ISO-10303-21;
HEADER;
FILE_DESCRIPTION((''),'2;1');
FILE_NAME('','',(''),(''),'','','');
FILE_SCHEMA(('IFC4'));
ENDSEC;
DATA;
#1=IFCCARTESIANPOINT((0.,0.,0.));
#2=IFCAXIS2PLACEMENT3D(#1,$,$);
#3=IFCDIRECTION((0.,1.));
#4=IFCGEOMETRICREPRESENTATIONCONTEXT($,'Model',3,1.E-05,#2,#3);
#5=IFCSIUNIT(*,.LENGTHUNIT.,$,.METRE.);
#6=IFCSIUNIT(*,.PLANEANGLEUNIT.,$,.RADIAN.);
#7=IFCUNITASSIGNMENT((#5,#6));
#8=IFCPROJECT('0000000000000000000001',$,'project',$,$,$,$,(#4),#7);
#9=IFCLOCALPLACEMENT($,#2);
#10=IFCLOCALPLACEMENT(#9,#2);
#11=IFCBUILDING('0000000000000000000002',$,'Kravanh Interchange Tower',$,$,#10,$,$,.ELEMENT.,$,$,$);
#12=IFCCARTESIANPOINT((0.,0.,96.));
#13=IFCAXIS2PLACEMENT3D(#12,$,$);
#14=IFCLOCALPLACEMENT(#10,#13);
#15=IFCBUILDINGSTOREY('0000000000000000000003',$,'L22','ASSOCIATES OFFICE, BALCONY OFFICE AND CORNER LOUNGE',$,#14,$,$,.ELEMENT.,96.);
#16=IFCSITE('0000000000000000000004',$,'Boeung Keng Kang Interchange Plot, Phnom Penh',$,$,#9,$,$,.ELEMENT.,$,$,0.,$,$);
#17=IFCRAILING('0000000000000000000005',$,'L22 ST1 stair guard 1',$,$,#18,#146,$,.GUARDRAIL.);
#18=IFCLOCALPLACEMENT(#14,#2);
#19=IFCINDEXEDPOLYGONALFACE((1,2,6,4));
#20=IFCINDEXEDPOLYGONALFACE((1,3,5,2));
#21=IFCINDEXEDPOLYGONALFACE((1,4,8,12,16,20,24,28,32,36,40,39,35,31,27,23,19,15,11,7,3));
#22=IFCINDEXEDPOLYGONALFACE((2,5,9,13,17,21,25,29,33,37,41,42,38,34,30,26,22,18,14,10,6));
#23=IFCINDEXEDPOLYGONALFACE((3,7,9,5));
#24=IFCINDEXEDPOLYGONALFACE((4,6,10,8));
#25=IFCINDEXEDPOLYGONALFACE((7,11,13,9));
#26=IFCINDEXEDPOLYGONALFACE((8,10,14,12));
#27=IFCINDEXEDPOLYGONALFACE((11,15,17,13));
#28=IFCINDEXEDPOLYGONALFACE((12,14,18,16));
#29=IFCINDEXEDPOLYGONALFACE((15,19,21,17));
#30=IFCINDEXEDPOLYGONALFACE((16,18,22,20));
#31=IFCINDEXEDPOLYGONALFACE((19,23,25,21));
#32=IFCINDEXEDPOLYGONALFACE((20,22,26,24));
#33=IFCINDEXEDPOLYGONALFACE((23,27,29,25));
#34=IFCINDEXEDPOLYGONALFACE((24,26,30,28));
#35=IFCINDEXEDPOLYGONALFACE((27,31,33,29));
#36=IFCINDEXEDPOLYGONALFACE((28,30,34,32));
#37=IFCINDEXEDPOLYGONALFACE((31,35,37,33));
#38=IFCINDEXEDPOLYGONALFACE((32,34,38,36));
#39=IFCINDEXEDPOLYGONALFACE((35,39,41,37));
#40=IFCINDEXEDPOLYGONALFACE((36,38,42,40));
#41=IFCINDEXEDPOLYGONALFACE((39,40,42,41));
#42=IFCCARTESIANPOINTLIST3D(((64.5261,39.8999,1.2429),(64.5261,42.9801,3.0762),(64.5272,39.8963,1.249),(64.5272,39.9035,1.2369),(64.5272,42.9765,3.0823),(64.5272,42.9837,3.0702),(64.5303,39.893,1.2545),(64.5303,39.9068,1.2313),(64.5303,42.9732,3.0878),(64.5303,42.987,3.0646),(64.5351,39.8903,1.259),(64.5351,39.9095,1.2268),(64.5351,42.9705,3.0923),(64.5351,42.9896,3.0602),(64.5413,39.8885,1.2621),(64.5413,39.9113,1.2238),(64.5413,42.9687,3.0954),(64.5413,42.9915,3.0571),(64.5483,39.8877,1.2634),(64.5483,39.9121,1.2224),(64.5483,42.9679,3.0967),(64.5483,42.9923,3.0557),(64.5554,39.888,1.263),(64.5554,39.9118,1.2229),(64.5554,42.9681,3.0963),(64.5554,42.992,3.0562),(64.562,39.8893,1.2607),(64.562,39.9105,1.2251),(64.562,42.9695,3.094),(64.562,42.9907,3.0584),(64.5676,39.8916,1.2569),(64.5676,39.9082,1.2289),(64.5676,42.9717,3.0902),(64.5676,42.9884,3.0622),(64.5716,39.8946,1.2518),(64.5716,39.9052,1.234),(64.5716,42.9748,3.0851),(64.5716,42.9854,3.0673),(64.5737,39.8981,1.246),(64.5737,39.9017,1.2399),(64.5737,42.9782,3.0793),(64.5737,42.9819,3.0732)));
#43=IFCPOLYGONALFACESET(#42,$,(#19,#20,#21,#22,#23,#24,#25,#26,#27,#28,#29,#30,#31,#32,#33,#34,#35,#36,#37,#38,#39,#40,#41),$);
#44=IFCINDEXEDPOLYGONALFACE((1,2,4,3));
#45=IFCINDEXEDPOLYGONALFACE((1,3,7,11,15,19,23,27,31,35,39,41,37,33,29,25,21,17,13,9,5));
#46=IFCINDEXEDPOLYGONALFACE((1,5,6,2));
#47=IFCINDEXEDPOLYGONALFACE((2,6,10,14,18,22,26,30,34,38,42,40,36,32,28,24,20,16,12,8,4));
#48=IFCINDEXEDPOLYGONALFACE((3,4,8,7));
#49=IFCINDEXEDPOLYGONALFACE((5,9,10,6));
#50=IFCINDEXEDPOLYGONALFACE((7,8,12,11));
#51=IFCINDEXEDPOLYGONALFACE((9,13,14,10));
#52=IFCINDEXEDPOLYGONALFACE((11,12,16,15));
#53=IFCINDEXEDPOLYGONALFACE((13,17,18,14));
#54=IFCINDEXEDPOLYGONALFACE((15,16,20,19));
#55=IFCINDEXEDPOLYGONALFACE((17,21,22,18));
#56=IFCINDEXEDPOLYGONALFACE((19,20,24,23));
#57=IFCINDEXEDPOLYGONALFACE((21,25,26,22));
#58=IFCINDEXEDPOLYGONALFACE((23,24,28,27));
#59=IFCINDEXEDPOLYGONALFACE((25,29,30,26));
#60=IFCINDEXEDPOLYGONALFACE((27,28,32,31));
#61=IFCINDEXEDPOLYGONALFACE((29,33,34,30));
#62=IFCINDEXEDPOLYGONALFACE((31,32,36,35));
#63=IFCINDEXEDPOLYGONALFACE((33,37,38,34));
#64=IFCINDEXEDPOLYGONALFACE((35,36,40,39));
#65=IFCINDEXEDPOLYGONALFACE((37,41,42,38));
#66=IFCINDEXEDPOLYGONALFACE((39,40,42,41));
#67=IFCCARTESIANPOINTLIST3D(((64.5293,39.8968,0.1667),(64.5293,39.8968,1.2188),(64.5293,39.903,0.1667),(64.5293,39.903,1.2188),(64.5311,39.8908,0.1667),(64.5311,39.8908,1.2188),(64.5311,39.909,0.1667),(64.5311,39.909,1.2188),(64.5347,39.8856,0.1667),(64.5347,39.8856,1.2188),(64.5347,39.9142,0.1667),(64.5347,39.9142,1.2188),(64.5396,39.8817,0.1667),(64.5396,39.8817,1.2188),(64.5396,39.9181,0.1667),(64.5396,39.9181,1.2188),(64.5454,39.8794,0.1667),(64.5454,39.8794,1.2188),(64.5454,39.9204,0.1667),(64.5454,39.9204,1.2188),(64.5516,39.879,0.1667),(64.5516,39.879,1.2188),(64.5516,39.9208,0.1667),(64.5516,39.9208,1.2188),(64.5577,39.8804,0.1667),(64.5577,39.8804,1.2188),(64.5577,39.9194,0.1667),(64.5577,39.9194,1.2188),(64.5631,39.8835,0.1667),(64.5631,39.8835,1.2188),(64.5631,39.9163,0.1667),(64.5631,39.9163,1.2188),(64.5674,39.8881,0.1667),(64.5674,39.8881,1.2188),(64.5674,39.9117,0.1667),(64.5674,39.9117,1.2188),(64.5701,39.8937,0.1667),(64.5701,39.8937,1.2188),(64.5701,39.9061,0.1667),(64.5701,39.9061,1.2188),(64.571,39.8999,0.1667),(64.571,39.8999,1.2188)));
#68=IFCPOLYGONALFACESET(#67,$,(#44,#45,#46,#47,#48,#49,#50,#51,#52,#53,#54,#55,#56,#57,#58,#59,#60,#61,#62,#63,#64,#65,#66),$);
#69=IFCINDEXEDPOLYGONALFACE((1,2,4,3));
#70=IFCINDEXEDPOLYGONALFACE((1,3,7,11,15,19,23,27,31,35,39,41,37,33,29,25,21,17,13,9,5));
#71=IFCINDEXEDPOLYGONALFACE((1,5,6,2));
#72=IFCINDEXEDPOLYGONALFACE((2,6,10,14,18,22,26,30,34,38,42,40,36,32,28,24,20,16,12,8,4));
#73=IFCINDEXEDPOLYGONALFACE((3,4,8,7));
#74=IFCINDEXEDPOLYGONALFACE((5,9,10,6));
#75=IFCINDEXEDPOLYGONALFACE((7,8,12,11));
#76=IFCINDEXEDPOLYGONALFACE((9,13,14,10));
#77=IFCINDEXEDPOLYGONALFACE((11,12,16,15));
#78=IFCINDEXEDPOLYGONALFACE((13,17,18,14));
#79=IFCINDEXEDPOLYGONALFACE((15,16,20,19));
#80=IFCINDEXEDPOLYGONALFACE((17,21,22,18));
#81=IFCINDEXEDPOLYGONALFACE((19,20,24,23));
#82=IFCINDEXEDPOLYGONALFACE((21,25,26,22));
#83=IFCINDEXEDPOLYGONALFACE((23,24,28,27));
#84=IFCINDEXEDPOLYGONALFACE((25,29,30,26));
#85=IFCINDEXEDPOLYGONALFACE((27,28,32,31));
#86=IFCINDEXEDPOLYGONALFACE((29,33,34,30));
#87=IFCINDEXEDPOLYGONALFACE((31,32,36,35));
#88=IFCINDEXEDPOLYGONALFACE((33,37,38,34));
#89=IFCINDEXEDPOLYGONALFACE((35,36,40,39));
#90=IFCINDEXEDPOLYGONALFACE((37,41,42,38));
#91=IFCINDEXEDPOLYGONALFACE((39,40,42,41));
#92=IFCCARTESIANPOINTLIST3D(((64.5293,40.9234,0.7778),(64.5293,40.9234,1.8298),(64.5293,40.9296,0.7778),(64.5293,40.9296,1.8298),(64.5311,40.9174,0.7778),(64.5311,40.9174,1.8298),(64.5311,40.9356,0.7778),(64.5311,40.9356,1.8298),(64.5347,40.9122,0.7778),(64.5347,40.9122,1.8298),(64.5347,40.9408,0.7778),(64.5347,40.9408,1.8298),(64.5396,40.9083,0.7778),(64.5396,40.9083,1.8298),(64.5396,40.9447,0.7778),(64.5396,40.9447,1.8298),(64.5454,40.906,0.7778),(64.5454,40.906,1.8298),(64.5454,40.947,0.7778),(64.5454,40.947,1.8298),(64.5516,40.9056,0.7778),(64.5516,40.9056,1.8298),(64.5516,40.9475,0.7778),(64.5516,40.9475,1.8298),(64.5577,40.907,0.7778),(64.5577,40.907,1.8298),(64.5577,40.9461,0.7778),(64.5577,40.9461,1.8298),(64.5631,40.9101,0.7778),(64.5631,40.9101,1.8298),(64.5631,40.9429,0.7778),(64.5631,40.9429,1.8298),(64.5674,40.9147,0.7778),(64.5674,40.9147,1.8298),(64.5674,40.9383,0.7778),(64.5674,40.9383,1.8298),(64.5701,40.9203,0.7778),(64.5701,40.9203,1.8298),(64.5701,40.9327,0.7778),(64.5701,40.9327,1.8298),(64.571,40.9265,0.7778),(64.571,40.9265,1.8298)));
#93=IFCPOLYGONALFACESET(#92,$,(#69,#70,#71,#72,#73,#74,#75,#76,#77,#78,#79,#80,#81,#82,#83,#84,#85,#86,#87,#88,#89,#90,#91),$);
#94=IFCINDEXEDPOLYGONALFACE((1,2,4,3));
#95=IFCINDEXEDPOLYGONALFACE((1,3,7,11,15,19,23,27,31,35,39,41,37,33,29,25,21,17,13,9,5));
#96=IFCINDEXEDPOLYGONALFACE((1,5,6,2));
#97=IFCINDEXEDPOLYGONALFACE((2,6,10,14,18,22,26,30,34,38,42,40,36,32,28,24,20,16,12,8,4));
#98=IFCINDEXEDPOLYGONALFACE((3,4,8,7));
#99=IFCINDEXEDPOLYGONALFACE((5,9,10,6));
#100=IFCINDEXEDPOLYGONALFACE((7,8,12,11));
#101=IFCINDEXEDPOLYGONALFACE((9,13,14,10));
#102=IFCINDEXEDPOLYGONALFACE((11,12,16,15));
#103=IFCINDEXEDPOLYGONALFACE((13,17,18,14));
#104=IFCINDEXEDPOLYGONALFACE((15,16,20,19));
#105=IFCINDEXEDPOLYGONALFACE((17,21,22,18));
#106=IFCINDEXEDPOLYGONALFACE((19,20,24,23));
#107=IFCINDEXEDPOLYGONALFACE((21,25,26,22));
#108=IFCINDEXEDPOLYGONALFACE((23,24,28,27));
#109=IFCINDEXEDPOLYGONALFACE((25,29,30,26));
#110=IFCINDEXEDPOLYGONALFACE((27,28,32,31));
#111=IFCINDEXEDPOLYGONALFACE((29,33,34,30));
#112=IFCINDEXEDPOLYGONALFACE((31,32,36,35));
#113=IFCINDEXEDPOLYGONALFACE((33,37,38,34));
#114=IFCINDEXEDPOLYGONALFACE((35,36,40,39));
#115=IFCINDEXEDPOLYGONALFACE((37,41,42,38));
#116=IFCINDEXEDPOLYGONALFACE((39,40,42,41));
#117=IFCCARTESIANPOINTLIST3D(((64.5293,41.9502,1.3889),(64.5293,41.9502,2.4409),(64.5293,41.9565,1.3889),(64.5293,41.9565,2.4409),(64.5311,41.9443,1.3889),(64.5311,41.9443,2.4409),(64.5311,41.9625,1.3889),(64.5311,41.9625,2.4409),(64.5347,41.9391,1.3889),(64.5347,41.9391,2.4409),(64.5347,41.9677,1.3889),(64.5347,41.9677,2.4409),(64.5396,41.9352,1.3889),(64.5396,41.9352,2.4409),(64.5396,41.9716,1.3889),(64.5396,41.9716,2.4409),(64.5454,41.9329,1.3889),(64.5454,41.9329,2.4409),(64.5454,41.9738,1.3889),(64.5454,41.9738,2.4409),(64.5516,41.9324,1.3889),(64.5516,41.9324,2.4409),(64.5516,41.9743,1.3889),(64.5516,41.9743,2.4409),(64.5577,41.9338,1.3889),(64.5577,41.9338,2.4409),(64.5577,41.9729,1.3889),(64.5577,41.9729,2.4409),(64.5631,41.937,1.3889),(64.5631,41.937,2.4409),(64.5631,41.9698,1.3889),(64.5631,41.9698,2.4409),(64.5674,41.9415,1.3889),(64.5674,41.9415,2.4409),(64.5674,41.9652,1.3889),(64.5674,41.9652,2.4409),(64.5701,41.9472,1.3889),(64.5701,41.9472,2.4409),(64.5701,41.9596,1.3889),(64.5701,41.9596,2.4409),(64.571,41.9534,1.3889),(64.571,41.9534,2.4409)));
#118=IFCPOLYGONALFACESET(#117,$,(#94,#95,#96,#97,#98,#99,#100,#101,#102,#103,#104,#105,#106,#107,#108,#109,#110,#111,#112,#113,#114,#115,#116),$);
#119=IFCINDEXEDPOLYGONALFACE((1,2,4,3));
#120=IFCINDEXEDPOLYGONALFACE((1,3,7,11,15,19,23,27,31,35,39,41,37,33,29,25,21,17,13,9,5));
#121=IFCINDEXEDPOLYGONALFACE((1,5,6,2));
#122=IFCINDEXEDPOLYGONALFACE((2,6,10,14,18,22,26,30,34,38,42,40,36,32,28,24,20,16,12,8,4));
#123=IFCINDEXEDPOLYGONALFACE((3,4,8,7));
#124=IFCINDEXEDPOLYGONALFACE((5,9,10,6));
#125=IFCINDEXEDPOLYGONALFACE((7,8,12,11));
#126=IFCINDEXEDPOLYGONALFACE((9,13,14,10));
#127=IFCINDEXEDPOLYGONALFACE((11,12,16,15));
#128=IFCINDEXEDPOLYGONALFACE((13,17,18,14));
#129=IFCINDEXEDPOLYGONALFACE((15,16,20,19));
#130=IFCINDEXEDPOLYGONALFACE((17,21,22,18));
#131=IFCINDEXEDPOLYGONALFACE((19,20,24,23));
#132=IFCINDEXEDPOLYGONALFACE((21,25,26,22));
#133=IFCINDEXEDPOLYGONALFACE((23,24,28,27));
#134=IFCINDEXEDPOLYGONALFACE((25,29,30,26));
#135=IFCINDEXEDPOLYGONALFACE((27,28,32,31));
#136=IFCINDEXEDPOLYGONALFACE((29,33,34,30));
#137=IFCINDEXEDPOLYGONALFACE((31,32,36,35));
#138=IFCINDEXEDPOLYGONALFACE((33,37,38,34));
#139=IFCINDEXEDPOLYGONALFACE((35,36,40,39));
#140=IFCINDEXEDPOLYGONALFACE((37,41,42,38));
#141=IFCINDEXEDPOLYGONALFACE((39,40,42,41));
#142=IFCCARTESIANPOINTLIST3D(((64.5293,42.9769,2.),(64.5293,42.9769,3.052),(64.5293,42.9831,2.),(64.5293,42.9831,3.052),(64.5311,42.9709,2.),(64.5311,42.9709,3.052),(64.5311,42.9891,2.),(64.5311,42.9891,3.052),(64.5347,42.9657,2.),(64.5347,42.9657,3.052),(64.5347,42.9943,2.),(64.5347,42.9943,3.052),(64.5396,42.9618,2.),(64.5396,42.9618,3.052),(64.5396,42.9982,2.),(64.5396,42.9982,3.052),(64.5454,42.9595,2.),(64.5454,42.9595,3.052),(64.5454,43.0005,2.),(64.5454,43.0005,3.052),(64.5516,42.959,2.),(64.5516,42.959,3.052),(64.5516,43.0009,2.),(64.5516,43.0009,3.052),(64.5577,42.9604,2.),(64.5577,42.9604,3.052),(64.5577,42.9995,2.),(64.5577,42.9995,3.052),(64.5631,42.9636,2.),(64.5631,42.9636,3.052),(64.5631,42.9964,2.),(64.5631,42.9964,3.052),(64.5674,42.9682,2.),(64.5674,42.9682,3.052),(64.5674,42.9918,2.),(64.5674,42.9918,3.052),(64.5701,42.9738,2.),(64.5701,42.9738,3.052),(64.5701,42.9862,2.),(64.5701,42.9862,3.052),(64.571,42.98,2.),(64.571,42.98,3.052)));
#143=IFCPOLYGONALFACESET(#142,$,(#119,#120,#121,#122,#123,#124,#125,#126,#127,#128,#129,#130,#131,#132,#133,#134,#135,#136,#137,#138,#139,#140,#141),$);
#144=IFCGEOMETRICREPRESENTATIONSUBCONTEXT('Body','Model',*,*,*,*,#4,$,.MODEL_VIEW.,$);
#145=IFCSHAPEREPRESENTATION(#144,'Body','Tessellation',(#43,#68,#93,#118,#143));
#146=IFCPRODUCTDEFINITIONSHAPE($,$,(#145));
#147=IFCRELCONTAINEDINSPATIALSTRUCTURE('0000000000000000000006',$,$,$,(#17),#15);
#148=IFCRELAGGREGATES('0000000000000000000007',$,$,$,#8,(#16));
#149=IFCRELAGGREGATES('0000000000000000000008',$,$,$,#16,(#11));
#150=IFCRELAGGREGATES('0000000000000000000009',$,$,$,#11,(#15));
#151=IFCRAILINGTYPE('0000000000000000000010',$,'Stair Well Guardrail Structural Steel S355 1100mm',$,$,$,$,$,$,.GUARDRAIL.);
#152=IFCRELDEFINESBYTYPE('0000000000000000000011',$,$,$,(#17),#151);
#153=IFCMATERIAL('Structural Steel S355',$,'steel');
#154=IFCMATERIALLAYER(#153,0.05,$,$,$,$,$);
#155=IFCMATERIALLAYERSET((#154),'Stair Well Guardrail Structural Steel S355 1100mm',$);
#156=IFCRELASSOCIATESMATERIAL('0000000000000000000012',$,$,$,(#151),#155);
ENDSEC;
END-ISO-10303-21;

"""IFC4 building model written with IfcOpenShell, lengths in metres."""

from ifc_helpers import new_model, si_unit, direction, frame, origin, origin_2d, place, context, subcontext, project, spatial, circle, extrude, material, layer, layer_set, type_object, element, save


model = new_model("IFC4")

# Units and contexts
model_context = context("Model", 3, precision=1e-05, world=origin(), true_north=direction((0.0, 1.0)))
body_context = subcontext(model_context, "Body", "Model", "MODEL_VIEW")
ifc_project = project(units=[si_unit("LENGTHUNIT", "METRE"), si_unit("PLANEANGLEUNIT", "RADIAN")], contexts=[model_context])

# Site, building, storey
site_placement = place(None, origin())
site = spatial("IfcSite", under=ifc_project, at=site_placement, Name="Boeung Keng Kang Interchange Plot, Phnom Penh", CompositionType="ELEMENT", RefElevation=0.0)
building_placement = place(site_placement, origin())
building = spatial("IfcBuilding", under=site, at=building_placement, Name="Kravanh Interchange Tower", CompositionType="ELEMENT")
storey_placement = place(building_placement, frame((0.0, 0.0, 96.0)))
storey = spatial("IfcBuildingStorey", under=building, at=storey_placement, Name="L22", Description="ASSOCIATES OFFICE, BALCONY OFFICE AND CORNER LOUNGE", CompositionType="ELEMENT", Elevation=96.0)

# Railing
ifc_material_1 = material(Name="Structural Steel S355", Category="steel")
ifc_layer_1 = layer(ifc_material_1, 0.05)
ifc_layer_set_1 = layer_set([ifc_layer_1], Name="Stair Well Guardrail Structural Steel S355 1100mm")
railing_type_1 = type_object("IfcRailingType", Name="Stair Well Guardrail Structural Steel S355 1100mm", PredefinedType="GUARDRAIL", material=ifc_layer_set_1)
railing_1_placement = place(storey_placement, frame((64.55, 39.8999, 0.1667)))
element("IfcRailing", 1, at=railing_1_placement, inside=storey, type_object=railing_type_1, Name="L22 ST1 stair guard 1", PredefinedType="GUARDRAIL", context=body_context, shape_type="SweptSolid", body=[
    extrude(circle(Radius=0.0239, at=origin_2d()), frame((0.0, 0.0, 1.0762), z_axis=(0.0, 0.859309, 0.511458), x_axis=(-1.0, 0.0, 0.0)), (0.0, 0.0, 1.0), 3.5845),
    extrude(circle(Radius=0.021, at=origin_2d()), origin(), (0.0, 0.0, 1.0), 1.052),
    extrude(circle(Radius=0.021, at=origin_2d()), frame((0.0, 1.0266, 0.6111)), (0.0, 0.0, 1.0), 1.052),
    extrude(circle(Radius=0.021, at=origin_2d()), frame((0.0, 2.0535, 1.2222)), (0.0, 0.0, 1.0), 1.052),
    extrude(circle(Radius=0.021, at=origin_2d()), frame((0.0, 3.0801, 1.8333)), (0.0, 0.0, 1.0), 1.052),
])

save(model, "model.ifc")
